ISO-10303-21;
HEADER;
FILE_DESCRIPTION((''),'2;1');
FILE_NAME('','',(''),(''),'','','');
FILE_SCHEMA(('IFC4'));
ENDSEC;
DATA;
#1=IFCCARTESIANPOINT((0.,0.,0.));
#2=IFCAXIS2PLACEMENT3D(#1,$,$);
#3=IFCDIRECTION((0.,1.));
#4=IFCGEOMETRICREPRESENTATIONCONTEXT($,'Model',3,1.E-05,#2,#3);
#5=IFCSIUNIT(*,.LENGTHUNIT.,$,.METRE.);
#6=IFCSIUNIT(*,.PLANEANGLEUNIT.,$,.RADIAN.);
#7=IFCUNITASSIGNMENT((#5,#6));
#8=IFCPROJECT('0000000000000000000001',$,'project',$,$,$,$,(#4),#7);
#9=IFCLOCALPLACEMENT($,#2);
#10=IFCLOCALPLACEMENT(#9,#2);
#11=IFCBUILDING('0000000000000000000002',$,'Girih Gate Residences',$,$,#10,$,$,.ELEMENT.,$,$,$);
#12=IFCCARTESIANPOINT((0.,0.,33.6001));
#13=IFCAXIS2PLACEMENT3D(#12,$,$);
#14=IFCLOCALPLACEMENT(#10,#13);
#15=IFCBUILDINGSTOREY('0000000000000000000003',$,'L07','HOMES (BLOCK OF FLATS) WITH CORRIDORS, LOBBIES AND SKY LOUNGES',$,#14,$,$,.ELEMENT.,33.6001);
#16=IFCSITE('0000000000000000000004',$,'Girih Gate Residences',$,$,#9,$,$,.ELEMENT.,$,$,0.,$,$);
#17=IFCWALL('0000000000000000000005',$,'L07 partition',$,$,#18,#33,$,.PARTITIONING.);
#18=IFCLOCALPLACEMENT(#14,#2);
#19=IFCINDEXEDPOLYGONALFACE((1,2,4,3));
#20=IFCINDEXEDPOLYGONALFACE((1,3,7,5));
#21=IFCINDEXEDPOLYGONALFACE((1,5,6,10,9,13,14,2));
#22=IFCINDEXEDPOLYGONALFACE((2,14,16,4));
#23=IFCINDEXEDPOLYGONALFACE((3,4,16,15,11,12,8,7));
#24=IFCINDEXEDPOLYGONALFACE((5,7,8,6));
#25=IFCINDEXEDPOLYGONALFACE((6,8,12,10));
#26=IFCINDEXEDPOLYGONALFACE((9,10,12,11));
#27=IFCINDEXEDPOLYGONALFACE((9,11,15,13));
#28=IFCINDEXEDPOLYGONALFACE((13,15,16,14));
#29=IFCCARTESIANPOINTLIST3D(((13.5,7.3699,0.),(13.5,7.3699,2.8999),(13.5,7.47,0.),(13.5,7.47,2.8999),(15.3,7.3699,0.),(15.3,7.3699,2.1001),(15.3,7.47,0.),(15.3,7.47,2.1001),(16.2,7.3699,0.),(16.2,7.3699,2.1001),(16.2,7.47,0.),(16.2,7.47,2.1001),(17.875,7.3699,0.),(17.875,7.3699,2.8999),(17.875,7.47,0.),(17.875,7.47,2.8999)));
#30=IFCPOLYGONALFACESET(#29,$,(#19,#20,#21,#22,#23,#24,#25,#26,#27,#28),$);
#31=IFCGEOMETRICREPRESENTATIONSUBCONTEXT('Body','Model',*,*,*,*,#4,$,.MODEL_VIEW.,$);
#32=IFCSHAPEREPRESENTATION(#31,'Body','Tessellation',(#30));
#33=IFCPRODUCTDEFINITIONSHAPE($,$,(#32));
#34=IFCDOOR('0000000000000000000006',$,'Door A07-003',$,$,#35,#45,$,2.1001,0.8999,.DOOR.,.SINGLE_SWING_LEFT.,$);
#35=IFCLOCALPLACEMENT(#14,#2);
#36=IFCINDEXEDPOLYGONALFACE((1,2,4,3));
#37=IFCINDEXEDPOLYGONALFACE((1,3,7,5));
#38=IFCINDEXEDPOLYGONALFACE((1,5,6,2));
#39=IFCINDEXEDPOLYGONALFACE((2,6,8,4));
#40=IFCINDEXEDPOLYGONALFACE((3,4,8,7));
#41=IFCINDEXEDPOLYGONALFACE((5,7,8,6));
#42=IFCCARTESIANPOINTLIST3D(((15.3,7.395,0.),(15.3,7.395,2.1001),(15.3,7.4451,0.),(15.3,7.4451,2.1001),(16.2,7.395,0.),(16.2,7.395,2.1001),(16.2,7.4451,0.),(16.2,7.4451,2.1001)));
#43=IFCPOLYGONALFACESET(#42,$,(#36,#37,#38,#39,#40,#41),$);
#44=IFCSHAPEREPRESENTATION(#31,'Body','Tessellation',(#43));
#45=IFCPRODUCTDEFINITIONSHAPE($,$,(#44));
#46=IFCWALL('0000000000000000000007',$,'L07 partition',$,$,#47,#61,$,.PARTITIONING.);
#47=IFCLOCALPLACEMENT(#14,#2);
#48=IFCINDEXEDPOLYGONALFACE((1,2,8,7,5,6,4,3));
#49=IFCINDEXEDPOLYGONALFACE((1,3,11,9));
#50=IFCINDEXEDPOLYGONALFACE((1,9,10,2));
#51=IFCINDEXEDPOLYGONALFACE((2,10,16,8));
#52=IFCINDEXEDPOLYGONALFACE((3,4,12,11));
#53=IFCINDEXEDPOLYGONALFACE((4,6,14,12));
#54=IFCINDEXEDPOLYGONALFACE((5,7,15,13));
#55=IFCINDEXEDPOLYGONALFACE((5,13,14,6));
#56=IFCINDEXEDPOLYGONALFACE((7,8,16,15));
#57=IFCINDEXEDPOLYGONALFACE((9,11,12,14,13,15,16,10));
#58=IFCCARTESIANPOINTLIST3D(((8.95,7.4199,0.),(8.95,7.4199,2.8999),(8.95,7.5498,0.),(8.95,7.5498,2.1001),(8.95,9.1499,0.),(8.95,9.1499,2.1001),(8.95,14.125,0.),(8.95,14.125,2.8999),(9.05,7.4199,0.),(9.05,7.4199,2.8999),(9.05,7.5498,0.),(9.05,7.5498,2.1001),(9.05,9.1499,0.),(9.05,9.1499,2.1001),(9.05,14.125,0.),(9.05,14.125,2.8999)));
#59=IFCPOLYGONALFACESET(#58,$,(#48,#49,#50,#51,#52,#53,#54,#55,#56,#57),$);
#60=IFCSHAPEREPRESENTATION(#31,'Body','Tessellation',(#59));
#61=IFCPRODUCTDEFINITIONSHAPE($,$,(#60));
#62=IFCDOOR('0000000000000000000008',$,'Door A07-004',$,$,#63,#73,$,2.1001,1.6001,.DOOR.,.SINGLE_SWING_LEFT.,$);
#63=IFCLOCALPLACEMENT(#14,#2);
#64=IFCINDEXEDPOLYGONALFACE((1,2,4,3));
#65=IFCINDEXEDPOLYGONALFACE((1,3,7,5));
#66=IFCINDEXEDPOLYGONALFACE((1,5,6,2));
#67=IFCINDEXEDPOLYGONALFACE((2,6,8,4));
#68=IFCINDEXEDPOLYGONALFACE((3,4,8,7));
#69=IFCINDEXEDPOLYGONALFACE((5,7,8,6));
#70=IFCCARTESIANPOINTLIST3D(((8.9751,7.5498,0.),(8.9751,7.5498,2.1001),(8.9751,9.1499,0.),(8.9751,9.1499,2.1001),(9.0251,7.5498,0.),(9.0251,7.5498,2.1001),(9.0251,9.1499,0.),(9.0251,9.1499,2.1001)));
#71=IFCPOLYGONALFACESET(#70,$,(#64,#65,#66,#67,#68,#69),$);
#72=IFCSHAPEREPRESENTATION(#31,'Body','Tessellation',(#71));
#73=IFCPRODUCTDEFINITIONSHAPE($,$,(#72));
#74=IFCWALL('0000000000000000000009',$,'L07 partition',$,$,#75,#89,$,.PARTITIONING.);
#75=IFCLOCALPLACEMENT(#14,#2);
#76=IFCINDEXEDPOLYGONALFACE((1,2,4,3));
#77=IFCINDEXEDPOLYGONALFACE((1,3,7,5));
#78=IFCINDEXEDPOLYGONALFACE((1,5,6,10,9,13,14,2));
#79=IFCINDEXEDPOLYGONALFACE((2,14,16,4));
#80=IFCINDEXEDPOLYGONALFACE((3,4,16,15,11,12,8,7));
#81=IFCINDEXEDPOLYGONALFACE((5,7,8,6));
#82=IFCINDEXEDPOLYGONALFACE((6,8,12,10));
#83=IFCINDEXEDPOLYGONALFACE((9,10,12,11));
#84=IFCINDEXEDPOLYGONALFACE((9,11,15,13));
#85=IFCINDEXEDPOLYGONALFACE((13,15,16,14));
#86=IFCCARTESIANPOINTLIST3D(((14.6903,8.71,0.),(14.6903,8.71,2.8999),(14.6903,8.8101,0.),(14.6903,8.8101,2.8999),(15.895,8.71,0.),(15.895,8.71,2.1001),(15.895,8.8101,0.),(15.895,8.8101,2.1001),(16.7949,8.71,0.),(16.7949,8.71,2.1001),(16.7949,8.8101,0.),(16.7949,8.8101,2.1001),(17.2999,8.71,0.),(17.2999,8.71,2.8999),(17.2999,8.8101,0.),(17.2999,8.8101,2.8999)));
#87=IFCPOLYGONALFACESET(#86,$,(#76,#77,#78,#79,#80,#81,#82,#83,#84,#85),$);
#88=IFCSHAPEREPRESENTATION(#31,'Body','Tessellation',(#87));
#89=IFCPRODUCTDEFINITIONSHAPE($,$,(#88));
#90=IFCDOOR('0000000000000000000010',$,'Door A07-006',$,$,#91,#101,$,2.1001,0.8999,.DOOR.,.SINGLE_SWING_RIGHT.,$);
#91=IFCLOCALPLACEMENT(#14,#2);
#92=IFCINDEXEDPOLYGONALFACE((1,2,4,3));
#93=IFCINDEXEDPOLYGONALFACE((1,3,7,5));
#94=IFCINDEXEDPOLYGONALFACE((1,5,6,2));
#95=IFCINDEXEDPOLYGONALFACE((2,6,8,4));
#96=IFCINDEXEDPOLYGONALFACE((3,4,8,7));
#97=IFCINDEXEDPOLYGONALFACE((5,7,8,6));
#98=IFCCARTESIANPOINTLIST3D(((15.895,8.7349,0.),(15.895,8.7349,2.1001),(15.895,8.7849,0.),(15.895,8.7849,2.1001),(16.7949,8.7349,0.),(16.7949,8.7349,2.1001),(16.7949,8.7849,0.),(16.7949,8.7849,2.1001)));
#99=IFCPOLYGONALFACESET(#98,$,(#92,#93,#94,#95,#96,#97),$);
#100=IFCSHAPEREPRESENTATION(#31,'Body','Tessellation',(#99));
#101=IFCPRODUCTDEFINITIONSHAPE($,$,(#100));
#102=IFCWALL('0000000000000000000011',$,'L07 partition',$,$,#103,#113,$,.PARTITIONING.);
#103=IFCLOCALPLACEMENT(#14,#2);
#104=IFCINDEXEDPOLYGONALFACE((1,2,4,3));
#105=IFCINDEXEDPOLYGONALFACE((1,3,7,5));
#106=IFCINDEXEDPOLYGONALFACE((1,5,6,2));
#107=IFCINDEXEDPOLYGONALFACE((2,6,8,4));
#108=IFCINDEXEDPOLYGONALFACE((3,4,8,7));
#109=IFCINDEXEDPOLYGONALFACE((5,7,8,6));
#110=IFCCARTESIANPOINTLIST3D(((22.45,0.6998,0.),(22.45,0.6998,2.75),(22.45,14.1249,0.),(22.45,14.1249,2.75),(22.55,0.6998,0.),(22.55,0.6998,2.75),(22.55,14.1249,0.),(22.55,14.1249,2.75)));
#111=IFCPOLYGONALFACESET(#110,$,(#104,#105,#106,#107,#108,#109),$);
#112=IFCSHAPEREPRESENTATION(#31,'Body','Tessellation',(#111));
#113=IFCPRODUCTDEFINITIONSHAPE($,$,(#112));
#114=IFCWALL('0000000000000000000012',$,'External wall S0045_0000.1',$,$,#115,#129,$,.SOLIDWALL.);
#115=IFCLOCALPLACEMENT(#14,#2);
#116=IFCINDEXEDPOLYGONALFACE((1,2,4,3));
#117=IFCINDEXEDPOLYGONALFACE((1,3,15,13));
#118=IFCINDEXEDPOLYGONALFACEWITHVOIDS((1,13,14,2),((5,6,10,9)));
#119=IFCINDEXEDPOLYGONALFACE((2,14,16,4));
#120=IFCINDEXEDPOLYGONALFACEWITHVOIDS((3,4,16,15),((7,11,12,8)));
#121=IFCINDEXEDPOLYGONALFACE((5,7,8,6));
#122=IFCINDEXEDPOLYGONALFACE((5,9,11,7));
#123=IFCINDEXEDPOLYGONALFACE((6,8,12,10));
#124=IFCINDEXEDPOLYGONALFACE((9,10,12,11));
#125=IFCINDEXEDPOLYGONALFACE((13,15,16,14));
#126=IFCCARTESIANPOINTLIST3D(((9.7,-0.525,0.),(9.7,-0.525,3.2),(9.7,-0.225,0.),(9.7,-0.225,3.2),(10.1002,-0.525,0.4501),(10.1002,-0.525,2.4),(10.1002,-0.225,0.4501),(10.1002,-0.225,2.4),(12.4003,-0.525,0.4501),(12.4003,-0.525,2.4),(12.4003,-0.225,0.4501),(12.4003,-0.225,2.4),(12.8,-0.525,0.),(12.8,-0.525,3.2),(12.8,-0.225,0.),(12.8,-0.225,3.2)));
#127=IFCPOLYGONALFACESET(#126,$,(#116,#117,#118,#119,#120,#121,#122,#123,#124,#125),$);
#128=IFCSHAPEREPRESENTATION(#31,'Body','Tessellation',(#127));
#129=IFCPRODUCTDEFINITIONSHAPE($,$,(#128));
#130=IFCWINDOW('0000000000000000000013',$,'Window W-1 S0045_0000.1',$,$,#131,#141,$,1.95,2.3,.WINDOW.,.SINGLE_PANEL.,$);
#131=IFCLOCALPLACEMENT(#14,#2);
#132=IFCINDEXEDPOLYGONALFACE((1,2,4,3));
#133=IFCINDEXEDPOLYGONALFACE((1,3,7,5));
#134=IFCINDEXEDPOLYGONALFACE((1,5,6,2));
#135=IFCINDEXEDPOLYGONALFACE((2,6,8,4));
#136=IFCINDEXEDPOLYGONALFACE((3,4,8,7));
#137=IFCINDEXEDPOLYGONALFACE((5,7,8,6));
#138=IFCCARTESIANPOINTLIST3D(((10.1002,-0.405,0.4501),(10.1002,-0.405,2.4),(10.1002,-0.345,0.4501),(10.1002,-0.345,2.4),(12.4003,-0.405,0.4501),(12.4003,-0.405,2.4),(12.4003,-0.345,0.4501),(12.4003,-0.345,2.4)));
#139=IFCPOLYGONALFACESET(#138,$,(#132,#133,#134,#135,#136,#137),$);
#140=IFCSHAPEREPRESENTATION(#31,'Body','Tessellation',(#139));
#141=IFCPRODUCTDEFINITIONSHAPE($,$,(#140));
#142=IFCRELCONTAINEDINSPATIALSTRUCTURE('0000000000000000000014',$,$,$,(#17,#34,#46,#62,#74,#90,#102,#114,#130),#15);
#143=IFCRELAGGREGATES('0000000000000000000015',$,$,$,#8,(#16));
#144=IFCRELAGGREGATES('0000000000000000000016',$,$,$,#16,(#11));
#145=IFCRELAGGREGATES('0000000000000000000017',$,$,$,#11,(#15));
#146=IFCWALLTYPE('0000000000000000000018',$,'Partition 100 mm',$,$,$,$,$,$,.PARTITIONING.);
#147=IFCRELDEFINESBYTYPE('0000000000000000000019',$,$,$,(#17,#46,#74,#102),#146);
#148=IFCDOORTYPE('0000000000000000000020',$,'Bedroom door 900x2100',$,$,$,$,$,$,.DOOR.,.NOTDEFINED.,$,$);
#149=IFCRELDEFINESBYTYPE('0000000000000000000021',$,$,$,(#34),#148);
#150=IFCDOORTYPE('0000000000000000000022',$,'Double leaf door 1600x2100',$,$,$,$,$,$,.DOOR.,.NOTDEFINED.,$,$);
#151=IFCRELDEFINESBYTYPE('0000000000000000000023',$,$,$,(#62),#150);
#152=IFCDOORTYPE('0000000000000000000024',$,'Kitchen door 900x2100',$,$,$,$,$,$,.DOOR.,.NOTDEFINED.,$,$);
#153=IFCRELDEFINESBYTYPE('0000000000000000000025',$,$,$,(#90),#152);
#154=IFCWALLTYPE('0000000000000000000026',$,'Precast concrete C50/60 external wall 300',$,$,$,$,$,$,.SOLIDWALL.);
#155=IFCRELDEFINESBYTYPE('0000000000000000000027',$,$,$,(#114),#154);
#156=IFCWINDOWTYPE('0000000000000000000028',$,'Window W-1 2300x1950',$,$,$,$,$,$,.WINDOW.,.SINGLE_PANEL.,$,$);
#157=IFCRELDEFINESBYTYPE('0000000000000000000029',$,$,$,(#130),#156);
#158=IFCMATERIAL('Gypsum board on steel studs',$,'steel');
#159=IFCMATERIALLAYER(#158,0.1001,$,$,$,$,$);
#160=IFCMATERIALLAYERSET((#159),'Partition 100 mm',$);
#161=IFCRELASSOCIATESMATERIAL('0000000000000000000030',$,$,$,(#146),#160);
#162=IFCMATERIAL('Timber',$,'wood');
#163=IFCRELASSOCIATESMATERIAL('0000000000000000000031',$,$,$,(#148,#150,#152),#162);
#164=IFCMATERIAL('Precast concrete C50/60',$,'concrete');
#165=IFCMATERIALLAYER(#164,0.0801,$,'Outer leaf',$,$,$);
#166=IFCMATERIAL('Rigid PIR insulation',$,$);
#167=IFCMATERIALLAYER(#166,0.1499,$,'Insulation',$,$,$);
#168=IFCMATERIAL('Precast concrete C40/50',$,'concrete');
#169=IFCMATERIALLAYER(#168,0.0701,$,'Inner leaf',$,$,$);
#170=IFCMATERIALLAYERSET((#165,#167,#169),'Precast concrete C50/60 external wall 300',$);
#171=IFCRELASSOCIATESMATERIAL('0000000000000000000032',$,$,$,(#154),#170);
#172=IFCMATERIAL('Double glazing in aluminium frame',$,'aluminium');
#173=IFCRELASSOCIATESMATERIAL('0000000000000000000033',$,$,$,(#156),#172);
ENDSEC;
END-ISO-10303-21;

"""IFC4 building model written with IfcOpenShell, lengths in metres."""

from ifc_helpers import new_model, si_unit, direction, frame, frame_2d, origin, place, context, subcontext, project, spatial, rectangle, extrude, material, layer, layer_set, type_object, element, fill, save


model = new_model("IFC4")

# Units and contexts
model_context = context("Model", 3, precision=1e-05, world=origin(), true_north=direction((0.0, 1.0)))
body_context = subcontext(model_context, "Body", "Model", "MODEL_VIEW")
ifc_project = project(units=[si_unit("LENGTHUNIT", "METRE"), si_unit("PLANEANGLEUNIT", "RADIAN")], contexts=[model_context])

# Site, building, storey
site_placement = place(None, origin())
site = spatial("IfcSite", under=ifc_project, at=site_placement, Name="Girih Gate Residences", CompositionType="ELEMENT", RefElevation=0.0)
building_placement = place(site_placement, origin())
building = spatial("IfcBuilding", under=site, at=building_placement, Name="Girih Gate Residences", CompositionType="ELEMENT")
storey_placement = place(building_placement, frame((0.0, 0.0, 33.6001)))
storey = spatial("IfcBuildingStorey", under=building, at=storey_placement, Name="L07", Description="HOMES (BLOCK OF FLATS) WITH CORRIDORS, LOBBIES AND SKY LOUNGES", CompositionType="ELEMENT", Elevation=33.6001)

# Shared definitions
ifc_material_1 = material(Name="Gypsum board on steel studs", Category="steel")
ifc_layer_1 = layer(ifc_material_1, 0.1001)
ifc_layer_set_1 = layer_set([ifc_layer_1], Name="Partition 100 mm")
wall_type_1 = type_object("IfcWallType", Name="Partition 100 mm", PredefinedType="PARTITIONING", material=ifc_layer_set_1)

# Shared definitions
ifc_material_2 = material(Name="Timber", Category="wood")
door_type_1 = type_object("IfcDoorType", Name="Bedroom door 900x2100", OperationType="NOTDEFINED", PredefinedType="DOOR", material=ifc_material_2)

# Walls, openings, doors
wall_1_placement = place(storey_placement, frame((17.875, 7.4199, 0.0), z_axis=(0.0, 0.0, 1.0), x_axis=(-1.0, 0.0, 0.0)))
wall_1 = element("IfcWall", 1, at=wall_1_placement, inside=storey, type_object=wall_type_1, Name="L07 partition", PredefinedType="PARTITIONING", context=body_context, shape_type="SweptSolid", body=[
    extrude(rectangle(XDim=4.375, YDim=0.1001, at=frame_2d((2.1875, 0.0))), origin(), (0.0, 0.0, 1.0), 2.8999),
])
opening_1_placement = place(wall_1_placement, frame((1.675, 0.0, 0.0)))
opening_1 = element("IfcOpeningElement", 2, at=opening_1_placement, cuts=wall_1, PredefinedType="OPENING", context=body_context, shape_type="SweptSolid", body=[
    extrude(rectangle(XDim=0.8999, YDim=2.1001, at=frame_2d((0.45, 1.05))), frame((0.0, 0.0601, 0.0), z_axis=(0.0, -1.0, 0.0), x_axis=(1.0, 0.0, 0.0)), (0.0, 0.0, 1.0), 0.1201),
])
door_1_placement = place(opening_1_placement, origin())
door_1 = element("IfcDoor", 3, at=door_1_placement, inside=storey, type_object=door_type_1, Name="Door A07-003", OperationType="SINGLE_SWING_LEFT", OverallHeight=2.1001, OverallWidth=0.8999, PredefinedType="DOOR", context=body_context, shape_type="SweptSolid", body=[
    extrude(rectangle(XDim=0.8999, YDim=2.1001, at=frame_2d((0.45, 1.05))), frame((0.0, 0.0249, 0.0), z_axis=(0.0, -1.0, 0.0), x_axis=(1.0, 0.0, 0.0)), (0.0, 0.0, 1.0), 0.05),
])
fill(opening_1, door_1)
wall_2_placement = place(storey_placement, frame((9.0, 7.4199, 0.0), z_axis=(0.0, 0.0, 1.0), x_axis=(0.0, 1.0, 0.0)))
wall_2 = element("IfcWall", 4, at=wall_2_placement, inside=storey, type_object=wall_type_1, Name="L07 partition", PredefinedType="PARTITIONING", context=body_context, shape_type="SweptSolid", body=[
    extrude(rectangle(XDim=6.7051, YDim=0.1001, at=frame_2d((3.3525, 0.0))), origin(), (0.0, 0.0, 1.0), 2.8999),
])
opening_2_placement = place(wall_2_placement, frame((0.1299, 0.0, 0.0)))
opening_2 = element("IfcOpeningElement", 5, at=opening_2_placement, cuts=wall_2, PredefinedType="OPENING", context=body_context, shape_type="SweptSolid", body=[
    extrude(rectangle(XDim=1.6001, YDim=2.1001, at=frame_2d((0.8, 1.05))), frame((0.0, 0.0601, 0.0), z_axis=(0.0, -1.0, 0.0), x_axis=(1.0, 0.0, 0.0)), (0.0, 0.0, 1.0), 0.1201),
])
door_type_2 = type_object("IfcDoorType", Name="Double leaf door 1600x2100", OperationType="NOTDEFINED", PredefinedType="DOOR", material=ifc_material_2)
door_2_placement = place(opening_2_placement, origin())
door_2 = element("IfcDoor", 6, at=door_2_placement, inside=storey, type_object=door_type_2, Name="Door A07-004", OperationType="SINGLE_SWING_LEFT", OverallHeight=2.1001, OverallWidth=1.6001, PredefinedType="DOOR", context=body_context, shape_type="SweptSolid", body=[
    extrude(rectangle(XDim=1.6001, YDim=2.1001, at=frame_2d((0.8, 1.05))), frame((0.0, 0.0249, 0.0), z_axis=(0.0, -1.0, 0.0), x_axis=(1.0, 0.0, 0.0)), (0.0, 0.0, 1.0), 0.05),
])
fill(opening_2, door_2)
wall_3_placement = place(storey_placement, frame((14.6904, 8.76, 0.0), z_axis=(0.0, 0.0, 1.0), x_axis=(1.0, 0.0, 0.0)))
wall_3 = element("IfcWall", 7, at=wall_3_placement, inside=storey, type_object=wall_type_1, Name="L07 partition", PredefinedType="PARTITIONING", context=body_context, shape_type="SweptSolid", body=[
    extrude(rectangle(XDim=2.6096, YDim=0.1001, at=frame_2d((1.3047, 0.0))), origin(), (0.0, 0.0, 1.0), 2.8999),
])
opening_3_placement = place(wall_3_placement, frame((1.2046, 0.0, 0.0)))
opening_3 = element("IfcOpeningElement", 8, at=opening_3_placement, cuts=wall_3, PredefinedType="OPENING", context=body_context, shape_type="SweptSolid", body=[
    extrude(rectangle(XDim=0.8999, YDim=2.1001, at=frame_2d((0.45, 1.05))), frame((0.0, 0.0601, 0.0), z_axis=(0.0, -1.0, 0.0), x_axis=(1.0, 0.0, 0.0)), (0.0, 0.0, 1.0), 0.1201),
])
door_type_3 = type_object("IfcDoorType", Name="Kitchen door 900x2100", OperationType="NOTDEFINED", PredefinedType="DOOR", material=ifc_material_2)
door_3_placement = place(opening_3_placement, origin())
door_3 = element("IfcDoor", 9, at=door_3_placement, inside=storey, type_object=door_type_3, Name="Door A07-006", OperationType="SINGLE_SWING_RIGHT", OverallHeight=2.1001, OverallWidth=0.8999, PredefinedType="DOOR", context=body_context, shape_type="SweptSolid", body=[
    extrude(rectangle(XDim=0.8999, YDim=2.1001, at=frame_2d((0.45, 1.05))), frame((0.0, 0.0249, 0.0), z_axis=(0.0, -1.0, 0.0), x_axis=(1.0, 0.0, 0.0)), (0.0, 0.0, 1.0), 0.05),
])
fill(opening_3, door_3)

# Wall
wall_4_placement = place(storey_placement, frame((22.5, 0.7, 0.0), z_axis=(0.0, 0.0, 1.0), x_axis=(0.0, 1.0, 0.0)))
element("IfcWall", 10, at=wall_4_placement, inside=storey, type_object=wall_type_1, Name="L07 partition", PredefinedType="PARTITIONING", context=body_context, shape_type="SweptSolid", body=[
    extrude(rectangle(XDim=13.425, YDim=0.1001, at=frame_2d((6.7124, 0.0))), origin(), (0.0, 0.0, 1.0), 2.75),
])

# Wall, opening, window
ifc_material_3 = material(Name="Precast concrete C50/60", Category="concrete")
ifc_layer_2 = layer(ifc_material_3, 0.0801, Name="Outer leaf")
ifc_material_4 = material(Name="Rigid PIR insulation")
ifc_layer_3 = layer(ifc_material_4, 0.1499, Name="Insulation")
ifc_material_5 = material(Name="Precast concrete C40/50", Category="concrete")
ifc_layer_4 = layer(ifc_material_5, 0.0701, Name="Inner leaf")
ifc_layer_set_2 = layer_set([ifc_layer_2, ifc_layer_3, ifc_layer_4], Name="Precast concrete C50/60 external wall 300")
wall_type_2 = type_object("IfcWallType", Name="Precast concrete C50/60 external wall 300", PredefinedType="SOLIDWALL", material=ifc_layer_set_2)
wall_5_placement = place(storey_placement, frame((12.8, -0.375, 0.0), z_axis=(0.0, 0.0, 1.0), x_axis=(-1.0, 0.0, 0.0)))
wall_5 = element("IfcWall", 11, at=wall_5_placement, inside=storey, type_object=wall_type_2, Name="External wall S0045_0000.1", PredefinedType="SOLIDWALL", context=body_context, shape_type="SweptSolid", body=[
    extrude(rectangle(XDim=3.1001, YDim=0.3, at=frame_2d((1.55, 0.0))), origin(), (0.0, 0.0, 1.0), 3.2),
])
opening_4_placement = place(wall_5_placement, frame((0.3999, 0.0, 0.45)))
opening_4 = element("IfcOpeningElement", 12, at=opening_4_placement, cuts=wall_5, PredefinedType="OPENING", context=body_context, shape_type="SweptSolid", body=[
    extrude(rectangle(XDim=2.3, YDim=1.95, at=frame_2d((1.1499, 0.9751))), frame((0.0, 0.1599, 0.0), z_axis=(0.0, -1.0, 0.0), x_axis=(1.0, 0.0, 0.0)), (0.0, 0.0, 1.0), 0.3201),
])
ifc_material_6 = material(Name="Double glazing in aluminium frame", Category="aluminium")
window_type = type_object("IfcWindowType", Name="Window W-1 2300x1950", PartitioningType="SINGLE_PANEL", PredefinedType="WINDOW", material=ifc_material_6)
window_1_placement = place(opening_4_placement, origin())
window_1 = element("IfcWindow", 13, at=window_1_placement, inside=storey, type_object=window_type, Name="Window W-1 S0045_0000.1", OverallHeight=1.95, OverallWidth=2.3, PartitioningType="SINGLE_PANEL", PredefinedType="WINDOW", context=body_context, shape_type="SweptSolid", body=[
    extrude(rectangle(XDim=2.3, YDim=1.95, at=frame_2d((1.1499, 0.9751))), frame((0.0, 0.03, 0.0), z_axis=(0.0, -1.0, 0.0), x_axis=(1.0, 0.0, 0.0)), (0.0, 0.0, 1.0), 0.0601),
])
fill(opening_4, window_1)

save(model, "model.ifc")
